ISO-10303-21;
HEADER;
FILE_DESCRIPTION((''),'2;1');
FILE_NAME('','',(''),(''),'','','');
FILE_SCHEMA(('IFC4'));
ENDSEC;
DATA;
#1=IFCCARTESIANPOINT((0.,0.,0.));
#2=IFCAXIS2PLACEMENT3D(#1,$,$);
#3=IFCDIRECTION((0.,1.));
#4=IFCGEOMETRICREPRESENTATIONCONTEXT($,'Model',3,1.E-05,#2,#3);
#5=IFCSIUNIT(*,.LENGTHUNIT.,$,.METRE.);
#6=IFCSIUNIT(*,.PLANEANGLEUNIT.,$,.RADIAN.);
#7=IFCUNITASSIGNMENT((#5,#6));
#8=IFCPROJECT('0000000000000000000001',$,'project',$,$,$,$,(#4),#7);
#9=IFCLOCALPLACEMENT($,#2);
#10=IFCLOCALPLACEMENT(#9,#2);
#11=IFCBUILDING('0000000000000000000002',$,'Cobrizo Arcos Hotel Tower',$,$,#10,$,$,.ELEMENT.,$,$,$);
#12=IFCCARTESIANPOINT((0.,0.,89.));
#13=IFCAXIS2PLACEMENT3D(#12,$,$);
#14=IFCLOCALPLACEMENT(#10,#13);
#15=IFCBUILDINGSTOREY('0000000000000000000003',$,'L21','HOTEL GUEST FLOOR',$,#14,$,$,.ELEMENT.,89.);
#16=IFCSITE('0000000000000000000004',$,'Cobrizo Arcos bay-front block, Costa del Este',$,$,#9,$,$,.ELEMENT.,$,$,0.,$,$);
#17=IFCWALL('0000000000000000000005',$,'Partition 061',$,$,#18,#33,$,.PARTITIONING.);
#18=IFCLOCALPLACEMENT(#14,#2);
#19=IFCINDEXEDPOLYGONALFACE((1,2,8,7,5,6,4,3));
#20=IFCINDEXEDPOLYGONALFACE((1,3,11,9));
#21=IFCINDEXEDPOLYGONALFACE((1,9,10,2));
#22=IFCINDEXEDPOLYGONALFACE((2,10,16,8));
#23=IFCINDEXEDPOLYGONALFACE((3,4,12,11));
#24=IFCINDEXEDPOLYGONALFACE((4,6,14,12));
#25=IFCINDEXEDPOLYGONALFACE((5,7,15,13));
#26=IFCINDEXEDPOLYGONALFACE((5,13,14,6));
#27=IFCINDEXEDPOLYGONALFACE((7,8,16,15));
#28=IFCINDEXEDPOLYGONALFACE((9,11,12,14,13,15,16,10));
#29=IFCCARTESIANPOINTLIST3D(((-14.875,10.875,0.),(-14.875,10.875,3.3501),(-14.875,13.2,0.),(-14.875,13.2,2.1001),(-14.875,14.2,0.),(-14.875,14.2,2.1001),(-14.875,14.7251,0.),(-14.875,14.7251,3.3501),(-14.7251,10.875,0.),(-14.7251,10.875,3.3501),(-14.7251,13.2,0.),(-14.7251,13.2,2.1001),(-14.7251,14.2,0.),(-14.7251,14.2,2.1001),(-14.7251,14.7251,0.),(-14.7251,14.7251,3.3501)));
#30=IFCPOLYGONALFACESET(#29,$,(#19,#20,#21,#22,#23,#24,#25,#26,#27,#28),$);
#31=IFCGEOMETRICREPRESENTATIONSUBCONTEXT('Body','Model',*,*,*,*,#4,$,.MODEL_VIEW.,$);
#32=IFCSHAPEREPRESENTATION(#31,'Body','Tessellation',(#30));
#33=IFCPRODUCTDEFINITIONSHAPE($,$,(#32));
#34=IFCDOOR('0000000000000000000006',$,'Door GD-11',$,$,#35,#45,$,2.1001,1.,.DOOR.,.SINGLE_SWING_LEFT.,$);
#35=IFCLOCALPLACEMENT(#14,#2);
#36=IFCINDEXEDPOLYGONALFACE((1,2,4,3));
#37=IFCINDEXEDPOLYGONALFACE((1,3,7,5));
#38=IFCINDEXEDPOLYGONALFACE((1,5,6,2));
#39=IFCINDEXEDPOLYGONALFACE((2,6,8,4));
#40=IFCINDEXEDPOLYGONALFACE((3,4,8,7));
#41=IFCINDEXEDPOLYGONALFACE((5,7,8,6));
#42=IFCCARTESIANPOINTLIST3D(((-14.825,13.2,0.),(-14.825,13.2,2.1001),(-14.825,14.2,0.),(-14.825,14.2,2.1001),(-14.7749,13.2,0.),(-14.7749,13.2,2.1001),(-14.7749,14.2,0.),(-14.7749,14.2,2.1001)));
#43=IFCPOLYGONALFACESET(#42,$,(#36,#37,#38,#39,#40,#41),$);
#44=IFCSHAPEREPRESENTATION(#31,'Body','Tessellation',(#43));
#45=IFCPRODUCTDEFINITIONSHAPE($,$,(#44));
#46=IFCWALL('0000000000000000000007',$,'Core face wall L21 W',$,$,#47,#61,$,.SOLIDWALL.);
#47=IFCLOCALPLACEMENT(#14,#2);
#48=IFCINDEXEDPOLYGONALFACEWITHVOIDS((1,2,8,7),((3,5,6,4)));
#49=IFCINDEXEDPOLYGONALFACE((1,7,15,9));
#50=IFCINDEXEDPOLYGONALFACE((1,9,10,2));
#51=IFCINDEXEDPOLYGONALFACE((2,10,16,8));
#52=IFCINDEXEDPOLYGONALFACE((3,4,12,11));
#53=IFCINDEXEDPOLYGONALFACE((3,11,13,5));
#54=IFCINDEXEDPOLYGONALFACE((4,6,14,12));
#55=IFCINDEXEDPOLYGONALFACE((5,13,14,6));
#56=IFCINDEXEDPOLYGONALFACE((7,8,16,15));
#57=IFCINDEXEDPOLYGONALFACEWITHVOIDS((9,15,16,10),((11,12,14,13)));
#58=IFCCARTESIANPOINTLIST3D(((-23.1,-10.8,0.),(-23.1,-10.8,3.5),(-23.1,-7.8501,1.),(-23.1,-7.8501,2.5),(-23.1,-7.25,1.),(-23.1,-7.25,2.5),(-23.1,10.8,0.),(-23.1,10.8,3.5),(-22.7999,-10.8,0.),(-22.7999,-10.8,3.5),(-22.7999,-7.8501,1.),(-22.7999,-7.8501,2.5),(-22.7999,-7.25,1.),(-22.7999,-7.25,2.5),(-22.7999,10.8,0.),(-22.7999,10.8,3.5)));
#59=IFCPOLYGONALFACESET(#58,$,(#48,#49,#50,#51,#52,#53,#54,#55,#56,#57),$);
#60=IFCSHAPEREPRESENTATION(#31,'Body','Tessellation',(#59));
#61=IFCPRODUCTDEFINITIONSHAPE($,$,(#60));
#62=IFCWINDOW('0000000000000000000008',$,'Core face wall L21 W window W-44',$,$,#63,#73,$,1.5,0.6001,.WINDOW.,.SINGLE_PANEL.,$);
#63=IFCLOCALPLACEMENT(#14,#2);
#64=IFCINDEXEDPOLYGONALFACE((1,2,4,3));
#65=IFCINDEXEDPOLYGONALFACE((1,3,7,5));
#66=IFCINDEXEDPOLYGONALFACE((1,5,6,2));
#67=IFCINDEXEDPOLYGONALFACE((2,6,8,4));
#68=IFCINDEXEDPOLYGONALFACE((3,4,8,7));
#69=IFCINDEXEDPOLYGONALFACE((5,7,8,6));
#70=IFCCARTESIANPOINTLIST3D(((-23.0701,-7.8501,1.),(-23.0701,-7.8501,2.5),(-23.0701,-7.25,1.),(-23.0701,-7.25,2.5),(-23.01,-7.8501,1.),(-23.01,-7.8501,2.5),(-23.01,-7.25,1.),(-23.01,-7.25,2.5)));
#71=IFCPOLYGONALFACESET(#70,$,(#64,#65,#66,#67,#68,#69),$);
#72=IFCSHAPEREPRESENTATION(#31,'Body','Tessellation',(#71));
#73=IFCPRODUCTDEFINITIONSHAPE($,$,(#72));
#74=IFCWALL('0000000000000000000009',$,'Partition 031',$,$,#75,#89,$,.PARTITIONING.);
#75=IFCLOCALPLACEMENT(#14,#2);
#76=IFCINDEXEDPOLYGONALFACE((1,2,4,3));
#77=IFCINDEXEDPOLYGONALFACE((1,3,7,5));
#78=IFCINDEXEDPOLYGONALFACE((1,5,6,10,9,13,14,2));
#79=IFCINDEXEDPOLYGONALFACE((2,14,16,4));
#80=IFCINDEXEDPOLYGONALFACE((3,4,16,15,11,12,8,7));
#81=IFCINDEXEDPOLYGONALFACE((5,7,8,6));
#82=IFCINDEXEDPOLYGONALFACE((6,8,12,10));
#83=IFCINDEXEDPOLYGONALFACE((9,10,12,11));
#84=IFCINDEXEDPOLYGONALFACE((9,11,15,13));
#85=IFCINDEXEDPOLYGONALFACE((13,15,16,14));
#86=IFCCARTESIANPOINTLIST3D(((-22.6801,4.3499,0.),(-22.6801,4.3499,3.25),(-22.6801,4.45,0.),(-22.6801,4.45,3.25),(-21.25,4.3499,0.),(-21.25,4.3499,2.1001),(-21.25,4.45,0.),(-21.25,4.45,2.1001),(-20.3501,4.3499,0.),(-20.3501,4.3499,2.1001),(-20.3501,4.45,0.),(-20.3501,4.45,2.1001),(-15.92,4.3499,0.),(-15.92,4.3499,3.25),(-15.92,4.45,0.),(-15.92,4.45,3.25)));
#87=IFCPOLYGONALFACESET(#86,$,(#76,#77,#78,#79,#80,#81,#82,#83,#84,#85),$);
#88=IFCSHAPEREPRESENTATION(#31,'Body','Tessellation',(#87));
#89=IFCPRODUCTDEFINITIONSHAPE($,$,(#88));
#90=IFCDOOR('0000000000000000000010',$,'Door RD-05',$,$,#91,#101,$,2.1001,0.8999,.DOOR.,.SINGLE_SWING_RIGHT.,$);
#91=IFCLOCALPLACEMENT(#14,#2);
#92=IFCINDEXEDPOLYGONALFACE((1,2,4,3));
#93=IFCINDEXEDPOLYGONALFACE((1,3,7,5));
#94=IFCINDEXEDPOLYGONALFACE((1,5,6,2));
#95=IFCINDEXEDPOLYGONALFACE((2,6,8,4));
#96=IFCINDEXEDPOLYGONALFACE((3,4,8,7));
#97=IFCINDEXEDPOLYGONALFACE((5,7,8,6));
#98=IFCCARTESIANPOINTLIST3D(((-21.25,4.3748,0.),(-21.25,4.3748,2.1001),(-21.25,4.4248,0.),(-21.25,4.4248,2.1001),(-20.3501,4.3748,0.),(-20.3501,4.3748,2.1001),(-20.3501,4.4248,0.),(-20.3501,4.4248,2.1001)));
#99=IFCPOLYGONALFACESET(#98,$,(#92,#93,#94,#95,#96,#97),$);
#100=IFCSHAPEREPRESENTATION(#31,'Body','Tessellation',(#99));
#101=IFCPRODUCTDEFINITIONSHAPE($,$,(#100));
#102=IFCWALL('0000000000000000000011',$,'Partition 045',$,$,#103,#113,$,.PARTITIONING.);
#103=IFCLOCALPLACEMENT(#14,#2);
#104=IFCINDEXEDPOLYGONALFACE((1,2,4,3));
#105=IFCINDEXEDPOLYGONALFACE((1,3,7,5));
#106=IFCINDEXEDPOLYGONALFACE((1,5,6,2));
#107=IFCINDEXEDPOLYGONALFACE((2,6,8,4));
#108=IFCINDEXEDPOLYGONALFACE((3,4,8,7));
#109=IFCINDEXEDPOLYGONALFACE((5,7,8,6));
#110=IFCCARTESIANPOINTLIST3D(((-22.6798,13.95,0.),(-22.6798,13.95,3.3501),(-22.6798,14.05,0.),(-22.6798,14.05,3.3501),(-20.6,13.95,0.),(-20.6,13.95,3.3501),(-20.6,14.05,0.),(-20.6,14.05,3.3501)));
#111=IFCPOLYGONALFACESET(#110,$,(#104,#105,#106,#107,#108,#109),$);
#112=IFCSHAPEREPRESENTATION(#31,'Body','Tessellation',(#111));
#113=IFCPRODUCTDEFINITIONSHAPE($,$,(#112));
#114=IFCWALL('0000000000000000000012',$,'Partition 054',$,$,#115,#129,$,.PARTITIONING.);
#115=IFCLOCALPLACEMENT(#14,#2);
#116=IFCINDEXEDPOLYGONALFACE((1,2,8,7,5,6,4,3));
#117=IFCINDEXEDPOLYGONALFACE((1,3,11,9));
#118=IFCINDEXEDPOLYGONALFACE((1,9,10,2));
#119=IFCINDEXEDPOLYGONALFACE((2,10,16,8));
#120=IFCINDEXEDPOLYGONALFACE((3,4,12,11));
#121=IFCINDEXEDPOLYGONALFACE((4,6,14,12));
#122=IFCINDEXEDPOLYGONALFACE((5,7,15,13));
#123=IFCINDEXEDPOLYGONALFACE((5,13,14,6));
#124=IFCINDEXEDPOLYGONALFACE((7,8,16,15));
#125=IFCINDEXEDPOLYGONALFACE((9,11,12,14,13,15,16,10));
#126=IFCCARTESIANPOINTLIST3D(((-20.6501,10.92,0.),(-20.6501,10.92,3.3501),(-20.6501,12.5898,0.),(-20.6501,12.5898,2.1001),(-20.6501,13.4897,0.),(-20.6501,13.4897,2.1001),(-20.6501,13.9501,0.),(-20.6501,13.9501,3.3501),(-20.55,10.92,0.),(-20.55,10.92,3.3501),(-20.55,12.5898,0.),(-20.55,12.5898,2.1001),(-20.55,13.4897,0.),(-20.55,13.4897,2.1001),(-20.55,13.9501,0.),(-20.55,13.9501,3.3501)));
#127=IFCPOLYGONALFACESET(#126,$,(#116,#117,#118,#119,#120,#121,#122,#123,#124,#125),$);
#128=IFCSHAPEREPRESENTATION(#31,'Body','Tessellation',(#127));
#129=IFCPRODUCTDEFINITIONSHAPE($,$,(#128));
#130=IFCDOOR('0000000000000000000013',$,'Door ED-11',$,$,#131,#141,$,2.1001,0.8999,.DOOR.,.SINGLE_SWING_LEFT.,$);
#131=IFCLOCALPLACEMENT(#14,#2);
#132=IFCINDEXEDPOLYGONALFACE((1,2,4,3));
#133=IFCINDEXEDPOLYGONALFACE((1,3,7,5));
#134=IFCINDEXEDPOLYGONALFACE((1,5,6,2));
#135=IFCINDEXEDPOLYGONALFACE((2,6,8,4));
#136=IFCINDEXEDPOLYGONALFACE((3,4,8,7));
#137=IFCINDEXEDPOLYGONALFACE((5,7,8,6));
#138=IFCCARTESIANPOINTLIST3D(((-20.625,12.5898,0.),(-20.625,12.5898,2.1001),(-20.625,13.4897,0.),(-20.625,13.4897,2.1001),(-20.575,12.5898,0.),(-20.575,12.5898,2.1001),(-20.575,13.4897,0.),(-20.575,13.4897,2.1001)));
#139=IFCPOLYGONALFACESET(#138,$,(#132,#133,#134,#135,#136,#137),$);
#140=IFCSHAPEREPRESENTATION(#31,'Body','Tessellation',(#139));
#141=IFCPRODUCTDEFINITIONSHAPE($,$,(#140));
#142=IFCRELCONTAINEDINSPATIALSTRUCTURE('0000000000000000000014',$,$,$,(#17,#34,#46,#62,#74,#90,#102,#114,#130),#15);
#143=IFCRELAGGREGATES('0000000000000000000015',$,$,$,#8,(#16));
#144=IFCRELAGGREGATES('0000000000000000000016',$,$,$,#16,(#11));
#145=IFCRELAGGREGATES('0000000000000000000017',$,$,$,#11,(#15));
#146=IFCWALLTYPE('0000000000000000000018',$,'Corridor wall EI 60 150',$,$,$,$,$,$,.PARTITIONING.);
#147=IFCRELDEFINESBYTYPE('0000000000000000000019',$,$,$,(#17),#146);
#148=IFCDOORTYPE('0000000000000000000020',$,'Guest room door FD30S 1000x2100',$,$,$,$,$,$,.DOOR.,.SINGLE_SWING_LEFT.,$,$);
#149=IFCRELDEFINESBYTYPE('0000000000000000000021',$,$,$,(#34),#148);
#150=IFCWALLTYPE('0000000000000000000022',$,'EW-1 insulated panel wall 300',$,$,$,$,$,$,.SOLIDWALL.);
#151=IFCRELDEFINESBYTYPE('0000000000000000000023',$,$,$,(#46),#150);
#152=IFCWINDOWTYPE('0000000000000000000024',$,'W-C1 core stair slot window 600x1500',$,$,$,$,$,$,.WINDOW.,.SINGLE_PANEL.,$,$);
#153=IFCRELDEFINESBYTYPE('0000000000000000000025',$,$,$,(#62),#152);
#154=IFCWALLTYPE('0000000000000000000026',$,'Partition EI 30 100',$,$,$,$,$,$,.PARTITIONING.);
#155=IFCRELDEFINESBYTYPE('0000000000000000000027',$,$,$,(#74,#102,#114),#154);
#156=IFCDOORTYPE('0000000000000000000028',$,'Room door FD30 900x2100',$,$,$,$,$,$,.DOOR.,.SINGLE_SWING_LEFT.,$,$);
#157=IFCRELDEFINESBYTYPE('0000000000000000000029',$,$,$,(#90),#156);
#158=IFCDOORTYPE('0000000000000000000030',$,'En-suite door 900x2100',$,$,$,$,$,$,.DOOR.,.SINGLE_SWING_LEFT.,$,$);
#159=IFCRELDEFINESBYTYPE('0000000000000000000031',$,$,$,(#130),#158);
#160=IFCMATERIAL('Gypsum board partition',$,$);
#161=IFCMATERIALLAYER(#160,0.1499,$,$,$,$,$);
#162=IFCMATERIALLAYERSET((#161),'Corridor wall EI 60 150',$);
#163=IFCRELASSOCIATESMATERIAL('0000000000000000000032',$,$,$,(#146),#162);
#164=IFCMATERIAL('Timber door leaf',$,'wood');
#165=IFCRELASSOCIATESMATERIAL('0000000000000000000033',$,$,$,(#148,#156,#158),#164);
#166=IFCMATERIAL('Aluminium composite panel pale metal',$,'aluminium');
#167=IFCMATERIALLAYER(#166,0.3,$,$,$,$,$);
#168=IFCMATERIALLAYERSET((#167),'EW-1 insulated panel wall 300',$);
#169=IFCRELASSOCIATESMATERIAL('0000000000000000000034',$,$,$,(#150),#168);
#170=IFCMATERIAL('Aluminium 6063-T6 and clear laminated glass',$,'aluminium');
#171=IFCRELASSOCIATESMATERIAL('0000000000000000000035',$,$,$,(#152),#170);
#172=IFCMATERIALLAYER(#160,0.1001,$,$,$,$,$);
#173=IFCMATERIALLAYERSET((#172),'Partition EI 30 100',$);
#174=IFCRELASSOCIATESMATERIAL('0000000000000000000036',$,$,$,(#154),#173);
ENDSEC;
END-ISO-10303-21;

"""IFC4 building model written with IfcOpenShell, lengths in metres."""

from ifc_helpers import new_model, si_unit, direction, frame, frame_2d, origin, place, context, subcontext, project, spatial, rectangle, extrude, material, layer, layer_set, type_object, element, fill, save


model = new_model("IFC4")

# Units and contexts
model_context = context("Model", 3, precision=1e-05, world=origin(), true_north=direction((0.0, 1.0)))
body_context = subcontext(model_context, "Body", "Model", "MODEL_VIEW")
ifc_project = project(units=[si_unit("LENGTHUNIT", "METRE"), si_unit("PLANEANGLEUNIT", "RADIAN")], contexts=[model_context])

# Site, building, storey
site_placement = place(None, origin())
site = spatial("IfcSite", under=ifc_project, at=site_placement, Name="Cobrizo Arcos bay-front block, Costa del Este", CompositionType="ELEMENT", RefElevation=0.0)
building_placement = place(site_placement, origin())
building = spatial("IfcBuilding", under=site, at=building_placement, Name="Cobrizo Arcos Hotel Tower", CompositionType="ELEMENT")
storey_placement = place(building_placement, frame((0.0, 0.0, 89.0)))
storey = spatial("IfcBuildingStorey", under=building, at=storey_placement, Name="L21", Description="HOTEL GUEST FLOOR", CompositionType="ELEMENT", Elevation=89.0)

# Shared definitions
ifc_material_1 = material(Name="Aluminium composite panel pale metal", Category="aluminium")

# Shared definitions
ifc_material_2 = material(Name="Gypsum board partition")
ifc_layer_1 = layer(ifc_material_2, 0.1499)
ifc_layer_set_1 = layer_set([ifc_layer_1], Name="Corridor wall EI 60 150")
wall_type_1 = type_object("IfcWallType", Name="Corridor wall EI 60 150", PredefinedType="PARTITIONING", material=ifc_layer_set_1)

# Wall, opening, door
wall_1_placement = place(storey_placement, frame((-14.8, 10.875, 0.0), z_axis=(0.0, 0.0, 1.0), x_axis=(0.0, 1.0, 0.0)))
wall_1 = element("IfcWall", 1, at=wall_1_placement, inside=storey, type_object=wall_type_1, Name="Partition 061", PredefinedType="PARTITIONING", context=body_context, shape_type="SweptSolid", body=[
    extrude(rectangle(XDim=3.8501, YDim=0.1499, at=frame_2d((1.925, 0.0))), origin(), (0.0, 0.0, 1.0), 3.3501),
])
opening_1_placement = place(wall_1_placement, frame((2.325, 0.0, 0.0)))
opening_1 = element("IfcOpeningElement", 2, at=opening_1_placement, cuts=wall_1, PredefinedType="OPENING", context=body_context, shape_type="SweptSolid", body=[
    extrude(rectangle(XDim=1.0, YDim=2.1001, at=frame_2d((0.5, 1.05))), frame((0.0, 0.0869, 0.0), z_axis=(0.0, -1.0, 0.0), x_axis=(1.0, 0.0, 0.0)), (0.0, 0.0, 1.0), 0.1738),
])
ifc_material_3 = material(Name="Timber door leaf", Category="wood")
door_type_1 = type_object("IfcDoorType", Name="Guest room door FD30S 1000x2100", OperationType="SINGLE_SWING_LEFT", PredefinedType="DOOR", material=ifc_material_3)
door_1_placement = place(opening_1_placement, origin())
door_1 = element("IfcDoor", 3, at=door_1_placement, inside=storey, type_object=door_type_1, Name="Door GD-11", OperationType="SINGLE_SWING_LEFT", OverallHeight=2.1001, OverallWidth=1.0, PredefinedType="DOOR", context=body_context, shape_type="SweptSolid", body=[
    extrude(rectangle(XDim=1.0, YDim=2.1001, at=frame_2d((0.5, 1.05))), frame((0.0, 0.0249, 0.0), z_axis=(0.0, -1.0, 0.0), x_axis=(1.0, 0.0, 0.0)), (0.0, 0.0, 1.0), 0.05),
])
fill(opening_1, door_1)

# Wall, opening, window
ifc_layer_2 = layer(ifc_material_1, 0.3)
ifc_layer_set_2 = layer_set([ifc_layer_2], Name="EW-1 insulated panel wall 300")
wall_type_2 = type_object("IfcWallType", Name="EW-1 insulated panel wall 300", PredefinedType="SOLIDWALL", material=ifc_layer_set_2)
wall_2_placement = place(storey_placement, frame((-22.95, 10.8, 0.0), z_axis=(0.0, 0.0, 1.0), x_axis=(0.0, -1.0, 0.0)))
wall_2 = element("IfcWall", 4, at=wall_2_placement, inside=storey, type_object=wall_type_2, Name="Core face wall L21 W", PredefinedType="SOLIDWALL", context=body_context, shape_type="SweptSolid", body=[
    extrude(rectangle(XDim=21.6001, YDim=0.3, at=frame_2d((10.8, 0.0))), origin(), (0.0, 0.0, 1.0), 3.5),
])
opening_2_placement = place(wall_2_placement, frame((18.05, 0.0, 1.0)))
opening_2 = element("IfcOpeningElement", 5, at=opening_2_placement, cuts=wall_2, PredefinedType="OPENING", context=body_context, shape_type="SweptSolid", body=[
    extrude(rectangle(XDim=0.6001, YDim=1.5, at=frame_2d((0.3, 0.75))), frame((0.0, 0.1621, 0.0), z_axis=(0.0, -1.0, 0.0), x_axis=(1.0, 0.0, 0.0)), (0.0, 0.0, 1.0), 0.324),
])
ifc_material_4 = material(Name="Aluminium 6063-T6 and clear laminated glass", Category="aluminium")
window_type = type_object("IfcWindowType", Name="W-C1 core stair slot window 600x1500", PartitioningType="SINGLE_PANEL", PredefinedType="WINDOW", material=ifc_material_4)
window_placement = place(opening_2_placement, origin())
window = element("IfcWindow", 6, at=window_placement, inside=storey, type_object=window_type, Name="Core face wall L21 W window W-44", OverallHeight=1.5, OverallWidth=0.6001, PartitioningType="SINGLE_PANEL", PredefinedType="WINDOW", context=body_context, shape_type="SweptSolid", body=[
    extrude(rectangle(XDim=0.6001, YDim=1.5, at=frame_2d((0.3, 0.75))), frame((0.0, -0.0601, 0.0), z_axis=(0.0, -1.0, 0.0), x_axis=(1.0, 0.0, 0.0)), (0.0, 0.0, 1.0), 0.0601),
])
fill(opening_2, window)

# Wall, opening, door
ifc_layer_3 = layer(ifc_material_2, 0.1001)
ifc_layer_set_3 = layer_set([ifc_layer_3], Name="Partition EI 30 100")
wall_type_3 = type_object("IfcWallType", Name="Partition EI 30 100", PredefinedType="PARTITIONING", material=ifc_layer_set_3)
wall_3_placement = place(storey_placement, frame((-22.6799, 4.3999, 0.0), z_axis=(0.0, 0.0, 1.0), x_axis=(1.0, 0.0, 0.0)))
wall_3 = element("IfcWall", 7, at=wall_3_placement, inside=storey, type_object=wall_type_3, Name="Partition 031", PredefinedType="PARTITIONING", context=body_context, shape_type="SweptSolid", body=[
    extrude(rectangle(XDim=6.76, YDim=0.1001, at=frame_2d((3.3799, 0.0))), origin(), (0.0, 0.0, 1.0), 3.25),
])
opening_3_placement = place(wall_3_placement, frame((1.4299, 0.0, 0.0)))
opening_3 = element("IfcOpeningElement", 8, at=opening_3_placement, cuts=wall_3, PredefinedType="OPENING", context=body_context, shape_type="SweptSolid", body=[
    extrude(rectangle(XDim=0.8999, YDim=2.1001, at=frame_2d((0.45, 1.05))), frame((0.0, 0.062, 0.0), z_axis=(0.0, -1.0, 0.0), x_axis=(1.0, 0.0, 0.0)), (0.0, 0.0, 1.0), 0.124),
])
door_type_2 = type_object("IfcDoorType", Name="Room door FD30 900x2100", OperationType="SINGLE_SWING_LEFT", PredefinedType="DOOR", material=ifc_material_3)
door_2_placement = place(opening_3_placement, origin())
door_2 = element("IfcDoor", 9, at=door_2_placement, inside=storey, type_object=door_type_2, Name="Door RD-05", OperationType="SINGLE_SWING_RIGHT", OverallHeight=2.1001, OverallWidth=0.8999, PredefinedType="DOOR", context=body_context, shape_type="SweptSolid", body=[
    extrude(rectangle(XDim=0.8999, YDim=2.1001, at=frame_2d((0.45, 1.05))), frame((0.0, 0.0249, 0.0), z_axis=(0.0, -1.0, 0.0), x_axis=(1.0, 0.0, 0.0)), (0.0, 0.0, 1.0), 0.05),
])
fill(opening_3, door_2)

# Wall
wall_4_placement = place(storey_placement, frame((-22.6799, 14.0, 0.0), z_axis=(0.0, 0.0, 1.0), x_axis=(1.0, 0.0, 0.0)))
element("IfcWall", 10, at=wall_4_placement, inside=storey, type_object=wall_type_3, Name="Partition 045", PredefinedType="PARTITIONING", context=body_context, shape_type="SweptSolid", body=[
    extrude(rectangle(XDim=2.0798, YDim=0.1001, at=frame_2d((1.04, 0.0))), origin(), (0.0, 0.0, 1.0), 3.3501),
])

# Wall, opening, door
wall_5_placement = place(storey_placement, frame((-20.6001, 10.9199, 0.0), z_axis=(0.0, 0.0, 1.0), x_axis=(0.0, 1.0, 0.0)))
wall_5 = element("IfcWall", 11, at=wall_5_placement, inside=storey, type_object=wall_type_3, Name="Partition 054", PredefinedType="PARTITIONING", context=body_context, shape_type="SweptSolid", body=[
    extrude(rectangle(XDim=3.03, YDim=0.1001, at=frame_2d((1.5151, 0.0))), origin(), (0.0, 0.0, 1.0), 3.3501),
])
opening_4_placement = place(wall_5_placement, frame((1.6699, 0.0, 0.0)))
opening_4 = element("IfcOpeningElement", 12, at=opening_4_placement, cuts=wall_5, PredefinedType="OPENING", context=body_context, shape_type="SweptSolid", body=[
    extrude(rectangle(XDim=0.8999, YDim=2.1001, at=frame_2d((0.45, 1.05))), frame((0.0, 0.062, 0.0), z_axis=(0.0, -1.0, 0.0), x_axis=(1.0, 0.0, 0.0)), (0.0, 0.0, 1.0), 0.124),
])
door_type_3 = type_object("IfcDoorType", Name="En-suite door 900x2100", OperationType="SINGLE_SWING_LEFT", PredefinedType="DOOR", material=ifc_material_3)
door_3_placement = place(opening_4_placement, origin())
door_3 = element("IfcDoor", 13, at=door_3_placement, inside=storey, type_object=door_type_3, Name="Door ED-11", OperationType="SINGLE_SWING_LEFT", OverallHeight=2.1001, OverallWidth=0.8999, PredefinedType="DOOR", context=body_context, shape_type="SweptSolid", body=[
    extrude(rectangle(XDim=0.8999, YDim=2.1001, at=frame_2d((0.45, 1.05))), frame((0.0, 0.0249, 0.0), z_axis=(0.0, -1.0, 0.0), x_axis=(1.0, 0.0, 0.0)), (0.0, 0.0, 1.0), 0.05),
])
fill(opening_4, door_3)

save(model, "model.ifc")
